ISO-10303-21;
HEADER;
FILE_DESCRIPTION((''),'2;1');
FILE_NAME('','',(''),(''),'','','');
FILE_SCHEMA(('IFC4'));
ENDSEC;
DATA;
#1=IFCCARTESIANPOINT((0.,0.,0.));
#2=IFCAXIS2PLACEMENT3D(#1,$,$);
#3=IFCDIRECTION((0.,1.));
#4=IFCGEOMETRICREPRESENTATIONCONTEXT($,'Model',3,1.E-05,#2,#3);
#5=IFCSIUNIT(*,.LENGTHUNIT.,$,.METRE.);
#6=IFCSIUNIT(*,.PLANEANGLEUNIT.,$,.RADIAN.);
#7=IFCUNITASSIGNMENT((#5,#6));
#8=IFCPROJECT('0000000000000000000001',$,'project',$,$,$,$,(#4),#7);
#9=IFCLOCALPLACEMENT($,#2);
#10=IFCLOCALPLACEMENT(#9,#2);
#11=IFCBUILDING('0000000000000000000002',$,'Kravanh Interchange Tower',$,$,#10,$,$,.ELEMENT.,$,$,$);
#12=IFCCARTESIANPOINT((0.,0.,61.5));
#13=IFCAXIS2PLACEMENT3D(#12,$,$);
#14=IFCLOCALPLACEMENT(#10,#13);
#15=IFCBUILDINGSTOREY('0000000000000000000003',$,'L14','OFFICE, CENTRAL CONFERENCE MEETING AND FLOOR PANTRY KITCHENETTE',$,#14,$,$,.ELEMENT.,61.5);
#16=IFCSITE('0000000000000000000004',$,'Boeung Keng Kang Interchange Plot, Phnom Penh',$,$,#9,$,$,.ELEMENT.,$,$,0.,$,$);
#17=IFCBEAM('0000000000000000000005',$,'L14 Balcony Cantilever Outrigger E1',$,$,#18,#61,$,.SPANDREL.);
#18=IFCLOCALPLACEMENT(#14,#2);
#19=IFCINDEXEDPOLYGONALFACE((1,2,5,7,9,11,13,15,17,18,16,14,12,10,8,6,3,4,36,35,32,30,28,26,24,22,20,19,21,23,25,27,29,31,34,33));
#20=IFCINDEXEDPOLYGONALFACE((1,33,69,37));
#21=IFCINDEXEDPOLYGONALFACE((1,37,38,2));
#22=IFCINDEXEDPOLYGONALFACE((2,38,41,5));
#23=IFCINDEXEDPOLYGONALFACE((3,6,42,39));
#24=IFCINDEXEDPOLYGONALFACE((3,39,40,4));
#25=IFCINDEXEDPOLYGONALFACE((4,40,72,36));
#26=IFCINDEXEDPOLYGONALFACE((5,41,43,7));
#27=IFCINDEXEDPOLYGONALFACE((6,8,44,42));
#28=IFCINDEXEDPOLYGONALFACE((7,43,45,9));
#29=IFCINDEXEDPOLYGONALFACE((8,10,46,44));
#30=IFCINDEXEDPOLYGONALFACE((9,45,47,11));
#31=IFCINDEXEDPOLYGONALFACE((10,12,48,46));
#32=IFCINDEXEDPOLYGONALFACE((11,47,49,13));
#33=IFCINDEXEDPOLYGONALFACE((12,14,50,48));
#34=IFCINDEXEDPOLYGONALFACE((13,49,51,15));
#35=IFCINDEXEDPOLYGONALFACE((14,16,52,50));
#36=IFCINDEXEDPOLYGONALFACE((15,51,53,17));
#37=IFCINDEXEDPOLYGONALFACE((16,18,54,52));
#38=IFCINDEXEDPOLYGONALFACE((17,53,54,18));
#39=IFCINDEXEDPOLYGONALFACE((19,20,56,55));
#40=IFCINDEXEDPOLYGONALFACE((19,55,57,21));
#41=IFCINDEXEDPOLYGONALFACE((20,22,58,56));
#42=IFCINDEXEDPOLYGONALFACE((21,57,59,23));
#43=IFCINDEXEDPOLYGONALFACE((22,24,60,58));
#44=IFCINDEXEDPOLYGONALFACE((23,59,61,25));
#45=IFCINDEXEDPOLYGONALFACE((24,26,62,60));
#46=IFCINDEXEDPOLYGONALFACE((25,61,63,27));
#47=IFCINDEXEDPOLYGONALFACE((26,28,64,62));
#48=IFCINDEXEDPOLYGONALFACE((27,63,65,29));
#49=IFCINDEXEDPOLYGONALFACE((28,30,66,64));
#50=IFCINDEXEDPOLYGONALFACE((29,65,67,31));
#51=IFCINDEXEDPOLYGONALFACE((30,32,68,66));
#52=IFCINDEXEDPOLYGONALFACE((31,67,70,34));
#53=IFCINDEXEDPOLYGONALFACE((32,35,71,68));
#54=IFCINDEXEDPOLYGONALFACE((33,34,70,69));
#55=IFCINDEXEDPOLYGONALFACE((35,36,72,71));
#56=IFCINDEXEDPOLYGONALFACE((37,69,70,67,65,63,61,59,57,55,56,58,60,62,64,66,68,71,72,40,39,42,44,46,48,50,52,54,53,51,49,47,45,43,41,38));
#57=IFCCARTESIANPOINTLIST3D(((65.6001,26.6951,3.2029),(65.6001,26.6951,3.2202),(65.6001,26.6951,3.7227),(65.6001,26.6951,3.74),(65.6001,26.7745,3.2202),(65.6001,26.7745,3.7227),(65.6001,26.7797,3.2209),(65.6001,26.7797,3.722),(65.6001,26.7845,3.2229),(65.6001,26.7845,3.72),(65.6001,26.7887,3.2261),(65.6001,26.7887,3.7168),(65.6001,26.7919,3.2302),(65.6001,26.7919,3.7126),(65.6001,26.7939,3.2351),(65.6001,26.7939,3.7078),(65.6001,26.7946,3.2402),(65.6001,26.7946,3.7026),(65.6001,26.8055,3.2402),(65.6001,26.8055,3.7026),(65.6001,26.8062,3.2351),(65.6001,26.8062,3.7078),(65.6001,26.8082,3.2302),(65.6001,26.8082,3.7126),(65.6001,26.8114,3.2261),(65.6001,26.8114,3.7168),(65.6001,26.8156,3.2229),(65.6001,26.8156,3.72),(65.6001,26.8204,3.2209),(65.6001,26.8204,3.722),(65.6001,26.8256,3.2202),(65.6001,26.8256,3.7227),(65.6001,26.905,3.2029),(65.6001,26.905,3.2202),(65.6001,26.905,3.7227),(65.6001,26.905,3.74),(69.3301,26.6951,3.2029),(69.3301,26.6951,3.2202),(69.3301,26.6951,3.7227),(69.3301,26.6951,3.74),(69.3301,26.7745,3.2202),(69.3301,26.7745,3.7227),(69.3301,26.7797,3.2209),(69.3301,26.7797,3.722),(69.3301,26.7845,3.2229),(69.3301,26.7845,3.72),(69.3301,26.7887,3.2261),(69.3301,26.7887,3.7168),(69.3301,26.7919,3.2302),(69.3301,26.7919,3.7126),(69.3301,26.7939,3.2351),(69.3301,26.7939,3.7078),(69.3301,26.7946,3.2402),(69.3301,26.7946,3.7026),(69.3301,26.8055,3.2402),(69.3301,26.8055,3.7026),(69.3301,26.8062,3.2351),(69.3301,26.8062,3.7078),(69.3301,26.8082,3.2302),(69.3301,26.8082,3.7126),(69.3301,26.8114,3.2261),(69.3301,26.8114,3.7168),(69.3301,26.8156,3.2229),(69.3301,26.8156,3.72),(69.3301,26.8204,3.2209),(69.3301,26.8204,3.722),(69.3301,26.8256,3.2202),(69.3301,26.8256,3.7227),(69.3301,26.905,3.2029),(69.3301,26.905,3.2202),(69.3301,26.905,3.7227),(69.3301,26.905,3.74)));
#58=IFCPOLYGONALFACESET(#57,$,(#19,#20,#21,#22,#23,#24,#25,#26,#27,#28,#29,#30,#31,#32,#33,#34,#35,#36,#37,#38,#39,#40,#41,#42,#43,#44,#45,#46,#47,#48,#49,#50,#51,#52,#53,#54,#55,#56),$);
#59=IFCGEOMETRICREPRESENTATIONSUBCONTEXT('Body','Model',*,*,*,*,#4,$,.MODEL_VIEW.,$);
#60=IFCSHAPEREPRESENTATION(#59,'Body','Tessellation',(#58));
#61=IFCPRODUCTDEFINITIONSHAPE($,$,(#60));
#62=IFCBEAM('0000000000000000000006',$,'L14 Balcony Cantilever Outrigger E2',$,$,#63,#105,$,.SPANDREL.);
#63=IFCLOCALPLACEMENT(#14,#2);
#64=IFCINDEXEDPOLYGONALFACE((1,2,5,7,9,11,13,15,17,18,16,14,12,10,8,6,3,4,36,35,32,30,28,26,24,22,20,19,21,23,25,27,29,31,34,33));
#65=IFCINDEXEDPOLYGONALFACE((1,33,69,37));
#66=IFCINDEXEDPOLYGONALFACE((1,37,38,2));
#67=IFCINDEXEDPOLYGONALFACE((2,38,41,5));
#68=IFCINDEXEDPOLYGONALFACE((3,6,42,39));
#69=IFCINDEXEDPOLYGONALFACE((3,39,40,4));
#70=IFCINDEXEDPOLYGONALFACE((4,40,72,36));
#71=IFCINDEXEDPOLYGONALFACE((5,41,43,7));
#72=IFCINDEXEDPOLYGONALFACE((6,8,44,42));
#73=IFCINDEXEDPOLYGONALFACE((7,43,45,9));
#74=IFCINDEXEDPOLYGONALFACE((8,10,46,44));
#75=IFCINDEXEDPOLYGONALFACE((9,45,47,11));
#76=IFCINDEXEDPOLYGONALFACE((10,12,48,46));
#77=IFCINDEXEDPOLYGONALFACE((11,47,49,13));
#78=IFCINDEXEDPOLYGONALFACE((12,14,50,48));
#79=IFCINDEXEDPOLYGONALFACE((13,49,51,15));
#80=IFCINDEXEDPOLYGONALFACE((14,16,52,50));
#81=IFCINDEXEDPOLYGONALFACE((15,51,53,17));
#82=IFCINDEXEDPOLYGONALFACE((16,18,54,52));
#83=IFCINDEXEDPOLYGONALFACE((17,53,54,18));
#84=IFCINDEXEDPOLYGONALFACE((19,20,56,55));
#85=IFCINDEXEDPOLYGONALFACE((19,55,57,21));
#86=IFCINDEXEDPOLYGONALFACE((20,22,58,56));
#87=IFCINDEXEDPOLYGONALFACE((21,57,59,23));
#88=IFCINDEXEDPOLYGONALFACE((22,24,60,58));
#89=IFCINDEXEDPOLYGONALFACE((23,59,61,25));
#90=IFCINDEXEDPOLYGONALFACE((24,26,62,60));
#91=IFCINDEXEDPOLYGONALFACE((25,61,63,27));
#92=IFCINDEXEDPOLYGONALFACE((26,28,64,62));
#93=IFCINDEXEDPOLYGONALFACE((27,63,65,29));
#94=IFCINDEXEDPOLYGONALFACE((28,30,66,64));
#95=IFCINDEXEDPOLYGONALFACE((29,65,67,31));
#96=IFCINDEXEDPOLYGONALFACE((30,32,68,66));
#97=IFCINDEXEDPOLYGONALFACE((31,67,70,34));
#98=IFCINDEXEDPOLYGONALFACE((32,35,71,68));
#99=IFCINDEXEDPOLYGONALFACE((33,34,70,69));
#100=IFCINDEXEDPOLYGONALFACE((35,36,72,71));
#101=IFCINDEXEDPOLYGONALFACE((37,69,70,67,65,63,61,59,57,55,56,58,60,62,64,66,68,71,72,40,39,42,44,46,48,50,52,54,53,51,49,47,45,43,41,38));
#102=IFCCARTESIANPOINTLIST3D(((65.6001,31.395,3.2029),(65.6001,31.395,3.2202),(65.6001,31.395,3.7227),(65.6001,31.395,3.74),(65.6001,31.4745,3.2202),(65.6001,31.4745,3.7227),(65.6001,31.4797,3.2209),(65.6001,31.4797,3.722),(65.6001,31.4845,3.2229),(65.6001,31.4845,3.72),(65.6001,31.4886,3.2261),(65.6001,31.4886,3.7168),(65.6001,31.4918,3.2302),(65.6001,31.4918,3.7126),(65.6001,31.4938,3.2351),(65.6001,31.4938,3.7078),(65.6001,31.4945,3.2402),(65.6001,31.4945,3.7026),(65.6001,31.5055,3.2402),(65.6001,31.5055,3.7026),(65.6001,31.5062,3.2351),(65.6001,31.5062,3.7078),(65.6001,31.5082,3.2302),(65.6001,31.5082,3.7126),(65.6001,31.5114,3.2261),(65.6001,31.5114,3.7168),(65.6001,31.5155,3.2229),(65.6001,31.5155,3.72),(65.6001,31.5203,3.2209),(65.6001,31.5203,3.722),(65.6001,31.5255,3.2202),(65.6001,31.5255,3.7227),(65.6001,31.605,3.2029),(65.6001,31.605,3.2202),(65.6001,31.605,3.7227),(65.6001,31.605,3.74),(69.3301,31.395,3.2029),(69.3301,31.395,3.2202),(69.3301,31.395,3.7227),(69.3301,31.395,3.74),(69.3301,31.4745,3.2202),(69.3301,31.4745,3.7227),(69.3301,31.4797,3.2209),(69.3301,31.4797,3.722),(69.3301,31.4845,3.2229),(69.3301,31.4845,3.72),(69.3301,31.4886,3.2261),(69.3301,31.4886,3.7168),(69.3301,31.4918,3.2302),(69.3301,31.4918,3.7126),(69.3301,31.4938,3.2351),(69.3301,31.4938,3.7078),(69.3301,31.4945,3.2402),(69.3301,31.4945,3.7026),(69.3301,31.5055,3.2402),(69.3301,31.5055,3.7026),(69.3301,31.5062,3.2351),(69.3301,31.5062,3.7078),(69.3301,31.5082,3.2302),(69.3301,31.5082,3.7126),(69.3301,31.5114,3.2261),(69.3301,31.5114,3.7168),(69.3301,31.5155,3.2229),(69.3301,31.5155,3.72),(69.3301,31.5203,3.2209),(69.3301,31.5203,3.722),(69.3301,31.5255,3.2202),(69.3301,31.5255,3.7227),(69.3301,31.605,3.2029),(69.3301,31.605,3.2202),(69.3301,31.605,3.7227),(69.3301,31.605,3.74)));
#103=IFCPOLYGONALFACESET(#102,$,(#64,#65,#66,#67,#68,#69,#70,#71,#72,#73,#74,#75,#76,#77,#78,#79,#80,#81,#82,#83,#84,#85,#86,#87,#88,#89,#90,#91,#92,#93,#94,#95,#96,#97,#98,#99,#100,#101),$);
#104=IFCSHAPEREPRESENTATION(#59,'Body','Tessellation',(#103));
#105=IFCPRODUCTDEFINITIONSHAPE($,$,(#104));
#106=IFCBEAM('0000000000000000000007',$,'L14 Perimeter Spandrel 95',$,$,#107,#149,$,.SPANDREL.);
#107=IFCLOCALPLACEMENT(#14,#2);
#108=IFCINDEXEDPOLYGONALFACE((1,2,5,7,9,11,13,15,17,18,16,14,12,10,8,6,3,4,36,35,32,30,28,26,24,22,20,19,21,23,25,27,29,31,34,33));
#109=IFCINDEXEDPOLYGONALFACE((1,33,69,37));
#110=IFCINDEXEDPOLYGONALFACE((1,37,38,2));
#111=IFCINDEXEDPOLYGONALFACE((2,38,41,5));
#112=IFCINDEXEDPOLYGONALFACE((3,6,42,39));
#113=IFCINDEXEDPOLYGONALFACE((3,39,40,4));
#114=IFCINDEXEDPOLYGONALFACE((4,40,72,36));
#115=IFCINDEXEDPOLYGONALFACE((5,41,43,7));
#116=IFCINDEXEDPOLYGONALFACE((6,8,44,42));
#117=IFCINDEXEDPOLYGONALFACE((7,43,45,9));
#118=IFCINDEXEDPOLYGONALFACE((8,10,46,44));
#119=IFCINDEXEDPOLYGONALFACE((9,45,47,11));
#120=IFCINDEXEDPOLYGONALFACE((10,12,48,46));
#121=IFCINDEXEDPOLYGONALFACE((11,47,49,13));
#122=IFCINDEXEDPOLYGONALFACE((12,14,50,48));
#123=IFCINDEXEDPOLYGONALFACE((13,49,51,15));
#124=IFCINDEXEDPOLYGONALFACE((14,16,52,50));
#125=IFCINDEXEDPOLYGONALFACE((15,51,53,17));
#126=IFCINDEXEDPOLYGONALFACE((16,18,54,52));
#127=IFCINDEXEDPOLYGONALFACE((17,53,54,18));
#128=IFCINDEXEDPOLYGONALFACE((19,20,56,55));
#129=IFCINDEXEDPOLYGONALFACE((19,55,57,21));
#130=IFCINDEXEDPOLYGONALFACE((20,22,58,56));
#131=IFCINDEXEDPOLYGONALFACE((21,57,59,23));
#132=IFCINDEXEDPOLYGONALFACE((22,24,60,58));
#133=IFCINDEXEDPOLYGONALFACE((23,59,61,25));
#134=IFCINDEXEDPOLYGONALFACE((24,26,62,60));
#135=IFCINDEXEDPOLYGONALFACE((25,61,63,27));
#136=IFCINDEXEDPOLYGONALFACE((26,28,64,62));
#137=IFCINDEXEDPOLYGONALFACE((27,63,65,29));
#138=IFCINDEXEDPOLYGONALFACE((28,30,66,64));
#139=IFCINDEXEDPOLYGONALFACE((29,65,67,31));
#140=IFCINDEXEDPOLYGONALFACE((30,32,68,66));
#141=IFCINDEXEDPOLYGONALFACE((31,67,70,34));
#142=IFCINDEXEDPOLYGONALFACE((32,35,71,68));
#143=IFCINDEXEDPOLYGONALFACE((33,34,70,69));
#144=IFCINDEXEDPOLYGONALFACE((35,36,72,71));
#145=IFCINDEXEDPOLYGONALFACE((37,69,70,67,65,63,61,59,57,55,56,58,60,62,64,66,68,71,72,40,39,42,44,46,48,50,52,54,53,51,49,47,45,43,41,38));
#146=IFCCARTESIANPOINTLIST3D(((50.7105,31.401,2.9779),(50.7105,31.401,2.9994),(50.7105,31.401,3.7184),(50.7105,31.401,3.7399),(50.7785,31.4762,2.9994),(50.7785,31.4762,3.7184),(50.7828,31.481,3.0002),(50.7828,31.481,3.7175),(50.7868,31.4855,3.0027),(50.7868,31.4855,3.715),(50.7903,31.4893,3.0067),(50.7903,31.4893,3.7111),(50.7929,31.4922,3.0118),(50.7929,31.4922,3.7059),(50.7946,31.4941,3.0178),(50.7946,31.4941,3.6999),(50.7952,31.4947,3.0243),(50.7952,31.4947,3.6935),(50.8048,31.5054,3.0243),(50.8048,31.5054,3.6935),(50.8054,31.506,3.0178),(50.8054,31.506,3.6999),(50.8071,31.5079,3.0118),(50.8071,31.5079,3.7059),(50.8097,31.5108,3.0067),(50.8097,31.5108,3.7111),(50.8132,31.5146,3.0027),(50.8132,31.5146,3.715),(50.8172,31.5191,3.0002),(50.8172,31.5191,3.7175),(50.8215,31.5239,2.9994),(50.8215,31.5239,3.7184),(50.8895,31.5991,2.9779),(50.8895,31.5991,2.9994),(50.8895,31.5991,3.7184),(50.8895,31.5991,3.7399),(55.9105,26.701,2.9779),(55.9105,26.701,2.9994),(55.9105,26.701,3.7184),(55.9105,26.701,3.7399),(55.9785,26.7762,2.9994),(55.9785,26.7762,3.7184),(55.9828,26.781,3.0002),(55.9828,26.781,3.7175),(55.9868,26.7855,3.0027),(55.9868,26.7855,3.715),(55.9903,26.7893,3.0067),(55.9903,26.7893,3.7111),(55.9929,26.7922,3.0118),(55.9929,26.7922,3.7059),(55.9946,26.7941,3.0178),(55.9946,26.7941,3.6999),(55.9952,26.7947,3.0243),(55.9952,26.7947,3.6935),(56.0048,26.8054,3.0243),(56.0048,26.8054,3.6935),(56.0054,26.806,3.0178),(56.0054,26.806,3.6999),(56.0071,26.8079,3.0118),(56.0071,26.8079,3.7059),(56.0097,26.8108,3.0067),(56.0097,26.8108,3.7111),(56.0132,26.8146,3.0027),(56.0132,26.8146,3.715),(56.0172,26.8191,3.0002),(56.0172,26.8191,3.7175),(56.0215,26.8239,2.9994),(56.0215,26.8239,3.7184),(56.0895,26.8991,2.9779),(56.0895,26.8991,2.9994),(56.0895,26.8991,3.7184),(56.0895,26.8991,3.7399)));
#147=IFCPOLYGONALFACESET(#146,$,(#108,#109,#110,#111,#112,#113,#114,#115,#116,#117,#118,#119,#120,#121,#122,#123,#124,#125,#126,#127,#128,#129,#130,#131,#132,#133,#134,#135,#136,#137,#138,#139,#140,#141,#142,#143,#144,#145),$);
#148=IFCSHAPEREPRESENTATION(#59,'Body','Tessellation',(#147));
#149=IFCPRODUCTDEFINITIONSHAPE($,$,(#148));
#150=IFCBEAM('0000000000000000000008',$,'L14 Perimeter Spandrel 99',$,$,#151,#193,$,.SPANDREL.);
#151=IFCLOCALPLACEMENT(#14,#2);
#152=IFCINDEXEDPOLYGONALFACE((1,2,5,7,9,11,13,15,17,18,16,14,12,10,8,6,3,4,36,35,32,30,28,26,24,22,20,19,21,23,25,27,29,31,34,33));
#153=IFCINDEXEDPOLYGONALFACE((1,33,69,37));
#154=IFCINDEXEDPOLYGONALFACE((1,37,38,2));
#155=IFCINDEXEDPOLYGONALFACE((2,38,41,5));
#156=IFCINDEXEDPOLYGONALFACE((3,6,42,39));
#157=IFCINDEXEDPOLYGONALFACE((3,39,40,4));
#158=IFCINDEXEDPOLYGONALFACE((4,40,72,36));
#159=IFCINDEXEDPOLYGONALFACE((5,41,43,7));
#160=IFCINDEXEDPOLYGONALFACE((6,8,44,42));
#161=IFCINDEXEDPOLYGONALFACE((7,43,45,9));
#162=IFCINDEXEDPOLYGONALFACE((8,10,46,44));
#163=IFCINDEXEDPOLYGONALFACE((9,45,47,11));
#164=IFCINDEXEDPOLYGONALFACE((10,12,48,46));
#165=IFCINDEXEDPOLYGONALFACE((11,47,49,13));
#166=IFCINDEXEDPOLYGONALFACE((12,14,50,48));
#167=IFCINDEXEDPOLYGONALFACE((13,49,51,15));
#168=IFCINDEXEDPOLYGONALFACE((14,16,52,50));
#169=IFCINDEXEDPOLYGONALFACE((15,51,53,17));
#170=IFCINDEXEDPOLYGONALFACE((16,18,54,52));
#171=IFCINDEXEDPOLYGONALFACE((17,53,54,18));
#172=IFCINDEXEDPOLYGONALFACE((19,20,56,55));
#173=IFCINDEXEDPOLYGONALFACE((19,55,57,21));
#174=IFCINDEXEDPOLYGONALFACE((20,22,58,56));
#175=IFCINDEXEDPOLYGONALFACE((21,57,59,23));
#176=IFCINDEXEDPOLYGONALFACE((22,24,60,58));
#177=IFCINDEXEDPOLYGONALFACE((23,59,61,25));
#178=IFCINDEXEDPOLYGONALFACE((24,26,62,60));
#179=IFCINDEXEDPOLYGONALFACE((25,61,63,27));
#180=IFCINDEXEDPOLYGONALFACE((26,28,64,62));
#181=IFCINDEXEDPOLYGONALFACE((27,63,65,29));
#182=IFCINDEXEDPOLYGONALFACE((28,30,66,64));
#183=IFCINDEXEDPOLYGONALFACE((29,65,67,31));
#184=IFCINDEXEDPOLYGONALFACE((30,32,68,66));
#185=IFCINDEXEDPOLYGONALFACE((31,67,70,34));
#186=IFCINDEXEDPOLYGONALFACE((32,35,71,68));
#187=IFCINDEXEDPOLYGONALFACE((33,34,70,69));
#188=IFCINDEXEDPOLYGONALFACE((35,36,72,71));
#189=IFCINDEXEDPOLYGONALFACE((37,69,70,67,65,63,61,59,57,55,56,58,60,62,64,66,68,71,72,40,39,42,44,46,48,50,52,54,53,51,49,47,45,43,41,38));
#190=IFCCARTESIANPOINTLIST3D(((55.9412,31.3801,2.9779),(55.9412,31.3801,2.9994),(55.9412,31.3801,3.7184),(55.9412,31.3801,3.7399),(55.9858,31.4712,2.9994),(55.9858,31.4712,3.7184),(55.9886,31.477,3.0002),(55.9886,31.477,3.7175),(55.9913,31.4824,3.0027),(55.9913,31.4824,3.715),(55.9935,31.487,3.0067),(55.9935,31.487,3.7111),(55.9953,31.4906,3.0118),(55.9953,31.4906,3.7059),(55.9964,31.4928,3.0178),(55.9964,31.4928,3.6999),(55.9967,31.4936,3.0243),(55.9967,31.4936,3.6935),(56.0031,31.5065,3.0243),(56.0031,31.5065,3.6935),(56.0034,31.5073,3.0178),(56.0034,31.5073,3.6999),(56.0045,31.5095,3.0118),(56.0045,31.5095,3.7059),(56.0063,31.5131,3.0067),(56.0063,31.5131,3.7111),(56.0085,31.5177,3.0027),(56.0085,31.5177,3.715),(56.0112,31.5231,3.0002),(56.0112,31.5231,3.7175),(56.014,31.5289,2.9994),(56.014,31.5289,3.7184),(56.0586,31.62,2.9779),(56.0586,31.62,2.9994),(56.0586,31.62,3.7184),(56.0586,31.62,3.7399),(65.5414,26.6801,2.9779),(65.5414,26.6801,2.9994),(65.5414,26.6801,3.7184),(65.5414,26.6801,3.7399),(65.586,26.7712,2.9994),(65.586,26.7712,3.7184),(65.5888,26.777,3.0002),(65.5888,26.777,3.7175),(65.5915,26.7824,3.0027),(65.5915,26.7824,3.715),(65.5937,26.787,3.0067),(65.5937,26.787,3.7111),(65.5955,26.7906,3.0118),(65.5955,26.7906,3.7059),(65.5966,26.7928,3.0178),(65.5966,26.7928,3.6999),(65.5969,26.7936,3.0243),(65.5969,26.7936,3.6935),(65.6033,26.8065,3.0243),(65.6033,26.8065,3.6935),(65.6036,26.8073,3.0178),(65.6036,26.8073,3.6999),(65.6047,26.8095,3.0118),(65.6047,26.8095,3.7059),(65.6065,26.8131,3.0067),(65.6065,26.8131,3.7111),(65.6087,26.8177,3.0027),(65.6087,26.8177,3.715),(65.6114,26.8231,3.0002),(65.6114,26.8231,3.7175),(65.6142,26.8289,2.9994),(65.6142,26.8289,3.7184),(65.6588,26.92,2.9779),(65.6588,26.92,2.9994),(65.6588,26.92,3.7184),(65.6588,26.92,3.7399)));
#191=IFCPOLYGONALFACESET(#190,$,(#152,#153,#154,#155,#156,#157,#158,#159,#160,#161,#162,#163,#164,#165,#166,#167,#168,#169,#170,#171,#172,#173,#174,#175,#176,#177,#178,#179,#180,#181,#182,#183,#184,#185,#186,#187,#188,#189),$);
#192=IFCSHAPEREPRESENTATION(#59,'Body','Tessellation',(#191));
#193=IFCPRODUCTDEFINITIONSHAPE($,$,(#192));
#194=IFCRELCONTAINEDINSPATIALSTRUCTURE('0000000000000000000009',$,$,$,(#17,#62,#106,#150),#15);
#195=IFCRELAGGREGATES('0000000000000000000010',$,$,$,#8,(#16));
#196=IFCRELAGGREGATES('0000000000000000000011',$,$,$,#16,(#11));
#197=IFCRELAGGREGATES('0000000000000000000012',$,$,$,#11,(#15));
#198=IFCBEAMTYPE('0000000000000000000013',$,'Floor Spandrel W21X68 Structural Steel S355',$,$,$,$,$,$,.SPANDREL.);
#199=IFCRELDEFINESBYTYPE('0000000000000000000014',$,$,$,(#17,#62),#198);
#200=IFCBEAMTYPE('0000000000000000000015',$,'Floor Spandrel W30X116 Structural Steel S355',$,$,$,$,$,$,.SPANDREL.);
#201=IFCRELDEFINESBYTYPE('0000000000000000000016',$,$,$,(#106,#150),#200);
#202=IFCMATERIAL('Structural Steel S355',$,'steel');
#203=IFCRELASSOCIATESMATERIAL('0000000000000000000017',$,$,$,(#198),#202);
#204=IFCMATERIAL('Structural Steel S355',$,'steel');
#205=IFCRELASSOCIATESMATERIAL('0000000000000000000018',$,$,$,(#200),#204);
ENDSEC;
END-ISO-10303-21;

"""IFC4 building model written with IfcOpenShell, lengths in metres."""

from ifc_helpers import new_model, si_unit, direction, frame, origin, origin_2d, place, context, subcontext, project, spatial, i_section, extrude, material, material_profile, profile_set, type_object, element, save


model = new_model("IFC4")

# Units and contexts
model_context = context("Model", 3, precision=1e-05, world=origin(), true_north=direction((0.0, 1.0)))
body_context = subcontext(model_context, "Body", "Model", "MODEL_VIEW")
ifc_project = project(units=[si_unit("LENGTHUNIT", "METRE"), si_unit("PLANEANGLEUNIT", "RADIAN")], contexts=[model_context])

# Site, building, storey
site_placement = place(None, origin())
site = spatial("IfcSite", under=ifc_project, at=site_placement, Name="Boeung Keng Kang Interchange Plot, Phnom Penh", CompositionType="ELEMENT", RefElevation=0.0)
building_placement = place(site_placement, origin())
building = spatial("IfcBuilding", under=site, at=building_placement, Name="Kravanh Interchange Tower", CompositionType="ELEMENT")
storey_placement = place(building_placement, frame((0.0, 0.0, 61.5)))
storey = spatial("IfcBuildingStorey", under=building, at=storey_placement, Name="L14", Description="OFFICE, CENTRAL CONFERENCE MEETING AND FLOOR PANTRY KITCHENETTE", CompositionType="ELEMENT", Elevation=61.5)

# Beams
ifc_material_1 = material(Name="Structural Steel S355", Category="steel")
ifc_material_profile_1 = material_profile(ifc_material_1, i_section(OverallWidth=0.21, OverallDepth=0.5371, WebThickness=0.011, FlangeThickness=0.0173, FilletRadius=0.02, at=origin_2d()), Name="W21X68")
ifc_profile_set_1 = profile_set([ifc_material_profile_1], Name="Structural Steel S355")
beam_type_1 = type_object("IfcBeamType", Name="Floor Spandrel W21X68 Structural Steel S355", PredefinedType="SPANDREL", material=ifc_profile_set_1)
for number, where, z_axis, x_axis, name in (
    (1, (65.6001, 26.8, 3.4714), (1.0, 0.0, 0.0), (0.0, 1.0, 0.0), "L14 Balcony Cantilever Outrigger E1"),
    (2, (65.6001, 31.5, 3.4714), (1.0, 0.0, 0.0), (0.0, 1.0, 0.0), "L14 Balcony Cantilever Outrigger E2"),
):
    element("IfcBeam", number, at=place(storey_placement, frame(where, z_axis=z_axis, x_axis=x_axis)), inside=storey, type_object=beam_type_1, Name=name, PredefinedType="SPANDREL", context=body_context, shape_type="SweptSolid", body=[
        extrude(i_section(OverallWidth=0.21, OverallDepth=0.5371, WebThickness=0.011, FlangeThickness=0.0173, FilletRadius=0.02, at=origin_2d()), origin(), (0.0, 0.0, 1.0), 3.73),
    ])
ifc_material_2 = material(Name="Structural Steel S355", Category="steel")
ifc_material_profile_2 = material_profile(ifc_material_2, i_section(OverallWidth=0.2671, OverallDepth=0.762, WebThickness=0.0144, FlangeThickness=0.0215, FilletRadius=0.0249, at=origin_2d()), Name="W30X116")
ifc_profile_set_2 = profile_set([ifc_material_profile_2], Name="Structural Steel S355")
beam_type_2 = type_object("IfcBeamType", Name="Floor Spandrel W30X116 Structural Steel S355", PredefinedType="SPANDREL", material=ifc_profile_set_2)
beam_1_placement = place(storey_placement, frame((56.0, 26.8, 3.3589), z_axis=(-0.741874, 0.670539, 0.0), x_axis=(-0.670539, -0.741874, 0.0)))
element("IfcBeam", 3, at=beam_1_placement, inside=storey, type_object=beam_type_2, Name="L14 Perimeter Spandrel 95", PredefinedType="SPANDREL", context=body_context, shape_type="SweptSolid", body=[
    extrude(i_section(OverallWidth=0.2671, OverallDepth=0.762, WebThickness=0.0144, FlangeThickness=0.0215, FilletRadius=0.0249, at=origin_2d()), origin(), (0.0, 0.0, 1.0), 7.0093),
])
beam_2_placement = place(storey_placement, frame((65.6001, 26.8, 3.3589), z_axis=(-0.898142, 0.439706, 0.0), x_axis=(-0.439706, -0.898142, 0.0)))
element("IfcBeam", 4, at=beam_2_placement, inside=storey, type_object=beam_type_2, Name="L14 Perimeter Spandrel 99", PredefinedType="SPANDREL", context=body_context, shape_type="SweptSolid", body=[
    extrude(i_section(OverallWidth=0.2671, OverallDepth=0.762, WebThickness=0.0144, FlangeThickness=0.0215, FilletRadius=0.0249, at=origin_2d()), origin(), (0.0, 0.0, 1.0), 10.689),
])

save(model, "model.ifc")
